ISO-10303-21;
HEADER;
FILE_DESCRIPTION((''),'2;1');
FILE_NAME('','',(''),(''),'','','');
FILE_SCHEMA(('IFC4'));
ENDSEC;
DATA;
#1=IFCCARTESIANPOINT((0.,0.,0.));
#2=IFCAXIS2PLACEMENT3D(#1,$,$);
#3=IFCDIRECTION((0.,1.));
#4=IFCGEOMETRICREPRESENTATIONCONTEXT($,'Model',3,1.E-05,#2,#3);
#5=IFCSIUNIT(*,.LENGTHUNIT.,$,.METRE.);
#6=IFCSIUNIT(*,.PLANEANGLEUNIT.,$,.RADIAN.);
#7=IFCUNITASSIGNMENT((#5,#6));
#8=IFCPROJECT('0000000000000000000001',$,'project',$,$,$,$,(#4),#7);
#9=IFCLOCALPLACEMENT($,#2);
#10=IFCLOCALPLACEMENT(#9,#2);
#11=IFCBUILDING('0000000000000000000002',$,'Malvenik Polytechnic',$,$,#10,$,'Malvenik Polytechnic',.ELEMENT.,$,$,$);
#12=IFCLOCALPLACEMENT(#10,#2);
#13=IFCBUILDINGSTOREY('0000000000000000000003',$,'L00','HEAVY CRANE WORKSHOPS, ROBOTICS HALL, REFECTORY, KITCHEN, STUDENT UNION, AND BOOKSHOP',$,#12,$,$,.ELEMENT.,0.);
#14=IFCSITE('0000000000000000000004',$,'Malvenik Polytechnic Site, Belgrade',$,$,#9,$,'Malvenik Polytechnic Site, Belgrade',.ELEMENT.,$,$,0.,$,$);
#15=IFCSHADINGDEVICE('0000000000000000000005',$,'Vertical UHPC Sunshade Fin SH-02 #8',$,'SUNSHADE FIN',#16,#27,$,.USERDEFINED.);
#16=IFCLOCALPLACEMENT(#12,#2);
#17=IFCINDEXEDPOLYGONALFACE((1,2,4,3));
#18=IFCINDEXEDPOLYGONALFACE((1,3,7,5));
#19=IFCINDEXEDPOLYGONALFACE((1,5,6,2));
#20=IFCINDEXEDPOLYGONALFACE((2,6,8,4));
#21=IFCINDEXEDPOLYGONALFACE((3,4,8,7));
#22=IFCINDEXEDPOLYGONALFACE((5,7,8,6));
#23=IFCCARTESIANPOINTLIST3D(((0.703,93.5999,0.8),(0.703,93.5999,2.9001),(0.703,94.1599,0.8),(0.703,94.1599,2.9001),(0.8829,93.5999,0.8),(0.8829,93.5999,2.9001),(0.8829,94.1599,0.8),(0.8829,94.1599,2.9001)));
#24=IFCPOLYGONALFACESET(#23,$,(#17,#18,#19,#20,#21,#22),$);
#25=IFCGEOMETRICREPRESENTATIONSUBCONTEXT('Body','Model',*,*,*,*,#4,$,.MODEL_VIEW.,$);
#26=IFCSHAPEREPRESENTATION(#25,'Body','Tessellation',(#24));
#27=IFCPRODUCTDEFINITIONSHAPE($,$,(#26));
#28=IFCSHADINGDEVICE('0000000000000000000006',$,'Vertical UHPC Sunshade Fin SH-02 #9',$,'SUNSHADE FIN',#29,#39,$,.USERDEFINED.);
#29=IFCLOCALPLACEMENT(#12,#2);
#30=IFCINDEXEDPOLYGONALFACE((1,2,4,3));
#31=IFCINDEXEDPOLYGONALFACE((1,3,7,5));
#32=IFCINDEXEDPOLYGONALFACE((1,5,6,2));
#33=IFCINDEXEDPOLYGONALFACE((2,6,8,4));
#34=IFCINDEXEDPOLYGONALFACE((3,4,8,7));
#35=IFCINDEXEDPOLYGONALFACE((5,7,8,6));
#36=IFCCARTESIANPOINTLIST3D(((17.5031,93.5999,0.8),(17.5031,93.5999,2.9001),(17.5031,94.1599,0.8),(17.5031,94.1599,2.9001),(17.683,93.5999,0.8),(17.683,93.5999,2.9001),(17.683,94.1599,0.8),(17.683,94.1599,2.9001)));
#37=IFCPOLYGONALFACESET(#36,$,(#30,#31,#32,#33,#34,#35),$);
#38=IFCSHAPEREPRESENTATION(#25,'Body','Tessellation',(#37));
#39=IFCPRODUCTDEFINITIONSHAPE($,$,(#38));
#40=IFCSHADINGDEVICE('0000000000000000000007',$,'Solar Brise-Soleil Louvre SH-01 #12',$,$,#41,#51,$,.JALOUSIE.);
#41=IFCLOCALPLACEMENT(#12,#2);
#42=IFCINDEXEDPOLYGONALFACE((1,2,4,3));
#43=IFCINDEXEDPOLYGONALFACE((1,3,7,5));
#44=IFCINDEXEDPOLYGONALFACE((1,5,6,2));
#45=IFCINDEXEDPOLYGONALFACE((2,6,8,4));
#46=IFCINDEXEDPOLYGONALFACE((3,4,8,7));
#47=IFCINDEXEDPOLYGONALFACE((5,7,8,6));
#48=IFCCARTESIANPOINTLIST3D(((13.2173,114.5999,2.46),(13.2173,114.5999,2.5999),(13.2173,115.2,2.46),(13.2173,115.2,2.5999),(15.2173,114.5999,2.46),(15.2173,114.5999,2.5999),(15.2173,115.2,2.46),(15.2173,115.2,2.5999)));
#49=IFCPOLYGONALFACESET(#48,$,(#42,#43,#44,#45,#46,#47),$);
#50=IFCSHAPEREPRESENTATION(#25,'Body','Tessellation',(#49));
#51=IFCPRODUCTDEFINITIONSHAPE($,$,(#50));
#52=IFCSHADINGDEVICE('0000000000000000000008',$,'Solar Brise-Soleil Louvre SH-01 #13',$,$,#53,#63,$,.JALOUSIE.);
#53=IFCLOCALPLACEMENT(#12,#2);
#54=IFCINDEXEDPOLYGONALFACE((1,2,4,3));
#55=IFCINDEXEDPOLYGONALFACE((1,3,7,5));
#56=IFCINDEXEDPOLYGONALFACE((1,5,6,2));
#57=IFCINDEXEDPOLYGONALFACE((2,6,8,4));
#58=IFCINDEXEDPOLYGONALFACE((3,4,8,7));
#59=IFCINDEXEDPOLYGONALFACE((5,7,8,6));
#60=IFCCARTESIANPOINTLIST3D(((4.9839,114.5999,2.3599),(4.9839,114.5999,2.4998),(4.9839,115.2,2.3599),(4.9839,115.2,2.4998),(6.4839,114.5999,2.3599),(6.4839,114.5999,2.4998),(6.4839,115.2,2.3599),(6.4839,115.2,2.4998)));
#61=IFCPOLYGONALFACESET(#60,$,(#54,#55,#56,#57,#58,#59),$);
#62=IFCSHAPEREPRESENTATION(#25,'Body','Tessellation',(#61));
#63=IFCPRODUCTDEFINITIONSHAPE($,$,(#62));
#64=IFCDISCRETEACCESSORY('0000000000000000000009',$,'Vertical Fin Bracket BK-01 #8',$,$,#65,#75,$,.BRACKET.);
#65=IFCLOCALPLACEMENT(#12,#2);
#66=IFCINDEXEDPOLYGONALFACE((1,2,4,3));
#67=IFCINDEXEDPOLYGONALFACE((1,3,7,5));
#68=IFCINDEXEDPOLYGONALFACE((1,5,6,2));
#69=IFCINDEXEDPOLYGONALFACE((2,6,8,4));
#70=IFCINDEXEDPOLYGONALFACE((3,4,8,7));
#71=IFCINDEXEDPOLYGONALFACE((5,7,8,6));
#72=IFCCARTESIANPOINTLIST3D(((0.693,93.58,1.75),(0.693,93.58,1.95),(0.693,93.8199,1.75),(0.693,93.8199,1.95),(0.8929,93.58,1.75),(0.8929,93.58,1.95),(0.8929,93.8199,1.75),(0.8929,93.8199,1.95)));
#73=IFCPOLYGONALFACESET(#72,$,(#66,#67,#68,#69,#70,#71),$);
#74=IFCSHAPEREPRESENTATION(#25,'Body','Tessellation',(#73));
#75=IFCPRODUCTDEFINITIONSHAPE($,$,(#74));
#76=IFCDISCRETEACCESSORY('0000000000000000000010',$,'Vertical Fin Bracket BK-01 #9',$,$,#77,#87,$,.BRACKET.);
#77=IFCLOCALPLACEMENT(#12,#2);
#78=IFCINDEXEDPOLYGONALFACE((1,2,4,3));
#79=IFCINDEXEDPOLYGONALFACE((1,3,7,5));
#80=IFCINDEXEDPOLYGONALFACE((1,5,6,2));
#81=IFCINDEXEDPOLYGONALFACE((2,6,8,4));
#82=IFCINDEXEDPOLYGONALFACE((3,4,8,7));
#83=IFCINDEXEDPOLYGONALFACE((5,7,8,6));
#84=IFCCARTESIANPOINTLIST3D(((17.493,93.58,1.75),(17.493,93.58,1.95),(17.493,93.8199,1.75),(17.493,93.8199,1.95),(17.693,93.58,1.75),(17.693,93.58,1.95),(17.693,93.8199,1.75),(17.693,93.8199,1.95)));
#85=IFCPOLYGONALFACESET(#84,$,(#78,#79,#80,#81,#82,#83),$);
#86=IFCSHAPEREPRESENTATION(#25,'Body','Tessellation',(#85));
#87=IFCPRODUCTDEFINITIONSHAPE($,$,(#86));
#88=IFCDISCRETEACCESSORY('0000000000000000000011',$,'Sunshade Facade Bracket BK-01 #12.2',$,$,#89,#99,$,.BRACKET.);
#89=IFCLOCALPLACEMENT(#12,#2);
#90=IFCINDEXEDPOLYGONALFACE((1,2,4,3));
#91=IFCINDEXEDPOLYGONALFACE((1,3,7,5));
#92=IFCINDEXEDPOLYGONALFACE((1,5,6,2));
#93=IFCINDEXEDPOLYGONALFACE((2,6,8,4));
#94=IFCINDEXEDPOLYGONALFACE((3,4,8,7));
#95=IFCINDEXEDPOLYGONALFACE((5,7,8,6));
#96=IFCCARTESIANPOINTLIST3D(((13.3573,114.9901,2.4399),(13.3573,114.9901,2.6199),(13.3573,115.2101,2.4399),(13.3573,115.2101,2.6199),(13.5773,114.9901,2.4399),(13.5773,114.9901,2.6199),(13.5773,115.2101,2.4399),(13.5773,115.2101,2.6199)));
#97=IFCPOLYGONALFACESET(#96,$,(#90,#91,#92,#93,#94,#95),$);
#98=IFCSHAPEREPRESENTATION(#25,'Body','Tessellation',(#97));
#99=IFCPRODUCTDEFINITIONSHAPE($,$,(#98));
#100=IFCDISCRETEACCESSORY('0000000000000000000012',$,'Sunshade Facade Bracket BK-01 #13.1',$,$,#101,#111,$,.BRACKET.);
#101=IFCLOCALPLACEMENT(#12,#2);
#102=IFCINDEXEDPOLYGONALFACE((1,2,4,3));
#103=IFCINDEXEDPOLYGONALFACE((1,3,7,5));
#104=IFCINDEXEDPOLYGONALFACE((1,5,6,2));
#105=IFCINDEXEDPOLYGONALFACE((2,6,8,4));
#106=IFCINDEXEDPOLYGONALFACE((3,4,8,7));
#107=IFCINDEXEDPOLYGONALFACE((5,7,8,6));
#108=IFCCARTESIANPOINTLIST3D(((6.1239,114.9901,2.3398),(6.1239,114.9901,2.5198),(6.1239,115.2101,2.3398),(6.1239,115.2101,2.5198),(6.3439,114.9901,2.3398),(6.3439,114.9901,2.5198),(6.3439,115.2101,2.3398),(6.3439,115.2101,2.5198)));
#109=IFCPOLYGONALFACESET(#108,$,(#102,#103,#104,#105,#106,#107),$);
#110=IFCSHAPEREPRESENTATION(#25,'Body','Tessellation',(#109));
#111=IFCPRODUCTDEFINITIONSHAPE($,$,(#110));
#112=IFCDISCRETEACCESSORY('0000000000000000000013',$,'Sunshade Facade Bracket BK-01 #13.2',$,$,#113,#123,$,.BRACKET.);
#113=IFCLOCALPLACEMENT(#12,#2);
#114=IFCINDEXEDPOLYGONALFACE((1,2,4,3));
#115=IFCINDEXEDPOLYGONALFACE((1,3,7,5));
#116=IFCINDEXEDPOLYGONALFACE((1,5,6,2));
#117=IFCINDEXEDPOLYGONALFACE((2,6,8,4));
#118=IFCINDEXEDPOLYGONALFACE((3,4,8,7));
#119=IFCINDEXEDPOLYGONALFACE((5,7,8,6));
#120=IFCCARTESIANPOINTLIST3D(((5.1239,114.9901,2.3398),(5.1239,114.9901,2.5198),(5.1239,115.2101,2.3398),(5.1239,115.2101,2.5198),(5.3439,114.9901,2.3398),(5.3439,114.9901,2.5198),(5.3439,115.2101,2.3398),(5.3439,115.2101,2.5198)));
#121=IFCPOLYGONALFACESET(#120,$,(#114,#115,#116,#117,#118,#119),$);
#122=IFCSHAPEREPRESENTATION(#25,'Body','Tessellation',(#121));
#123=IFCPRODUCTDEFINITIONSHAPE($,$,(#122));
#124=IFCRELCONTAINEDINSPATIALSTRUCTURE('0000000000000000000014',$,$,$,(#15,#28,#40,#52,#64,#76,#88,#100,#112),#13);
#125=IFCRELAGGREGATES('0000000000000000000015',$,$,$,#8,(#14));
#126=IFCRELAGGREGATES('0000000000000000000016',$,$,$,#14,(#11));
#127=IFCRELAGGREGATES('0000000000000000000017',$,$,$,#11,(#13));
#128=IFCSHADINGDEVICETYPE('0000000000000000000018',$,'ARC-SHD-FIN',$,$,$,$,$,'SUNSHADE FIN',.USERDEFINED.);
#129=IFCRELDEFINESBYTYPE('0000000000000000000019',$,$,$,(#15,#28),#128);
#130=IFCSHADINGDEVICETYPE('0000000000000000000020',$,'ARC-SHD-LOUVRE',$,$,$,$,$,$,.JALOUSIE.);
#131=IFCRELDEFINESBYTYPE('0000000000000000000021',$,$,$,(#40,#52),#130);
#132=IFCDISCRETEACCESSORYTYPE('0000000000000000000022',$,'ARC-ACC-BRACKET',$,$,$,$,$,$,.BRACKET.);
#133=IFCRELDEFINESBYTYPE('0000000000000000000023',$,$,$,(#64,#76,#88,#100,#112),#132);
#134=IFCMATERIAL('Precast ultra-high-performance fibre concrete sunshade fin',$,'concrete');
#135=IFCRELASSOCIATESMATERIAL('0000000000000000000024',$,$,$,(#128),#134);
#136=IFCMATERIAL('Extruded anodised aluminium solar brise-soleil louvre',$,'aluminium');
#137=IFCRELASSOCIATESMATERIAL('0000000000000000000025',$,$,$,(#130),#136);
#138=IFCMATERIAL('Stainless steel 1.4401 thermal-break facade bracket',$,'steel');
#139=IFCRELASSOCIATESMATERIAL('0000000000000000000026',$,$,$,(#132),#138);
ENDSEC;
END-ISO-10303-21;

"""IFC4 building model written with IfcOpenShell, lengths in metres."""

from ifc_helpers import new_model, si_unit, direction, frame, origin, origin_2d, place, context, subcontext, project, spatial, rectangle, extrude, material, type_object, element, save


model = new_model("IFC4")

# Units and contexts
model_context = context("Model", 3, precision=1e-05, world=origin(), true_north=direction((0.0, 1.0)))
body_context = subcontext(model_context, "Body", "Model", "MODEL_VIEW")
ifc_project = project(units=[si_unit("LENGTHUNIT", "METRE"), si_unit("PLANEANGLEUNIT", "RADIAN")], contexts=[model_context])

# Site, building, storey
site_placement = place(None, origin())
site = spatial("IfcSite", under=ifc_project, at=site_placement, Name="Malvenik Polytechnic Site, Belgrade", LongName="Malvenik Polytechnic Site, Belgrade", CompositionType="ELEMENT", RefElevation=0.0)
building_placement = place(site_placement, origin())
building = spatial("IfcBuilding", under=site, at=building_placement, Name="Malvenik Polytechnic", LongName="Malvenik Polytechnic", CompositionType="ELEMENT")
storey_placement = place(building_placement, origin())
storey = spatial("IfcBuildingStorey", under=building, at=storey_placement, Name="L00", Description="HEAVY CRANE WORKSHOPS, ROBOTICS HALL, REFECTORY, KITCHEN, STUDENT UNION, AND BOOKSHOP", CompositionType="ELEMENT", Elevation=0.0)

# Shading devices
ifc_material_1 = material(Name="Precast ultra-high-performance fibre concrete sunshade fin", Category="concrete")
shading_device_type_1 = type_object("IfcShadingDeviceType", Name="ARC-SHD-FIN", ElementType="SUNSHADE FIN", PredefinedType="USERDEFINED", material=ifc_material_1)
for number, where, z_axis, x_axis, name in (
    (1, (0.793, 93.8799, 0.8), (0.0, 0.0, 1.0), (1.0, 0.0, 0.0), "Vertical UHPC Sunshade Fin SH-02 #8"),
    (2, (17.593, 93.8799, 0.8), (0.0, 0.0, 1.0), (1.0, 0.0, 0.0), "Vertical UHPC Sunshade Fin SH-02 #9"),
):
    element("IfcShadingDevice", number, at=place(storey_placement, frame(where, z_axis=z_axis, x_axis=x_axis)), inside=storey, type_object=shading_device_type_1, Name=name, ObjectType="SUNSHADE FIN", PredefinedType="USERDEFINED", context=body_context, shape_type="SweptSolid", body=[
        extrude(rectangle(XDim=0.1799, YDim=0.5601, at=origin_2d()), origin(), (0.0, 0.0, 1.0), 2.1001),
    ])
ifc_material_2 = material(Name="Extruded anodised aluminium solar brise-soleil louvre", Category="aluminium")
shading_device_type_2 = type_object("IfcShadingDeviceType", Name="ARC-SHD-LOUVRE", PredefinedType="JALOUSIE", material=ifc_material_2)
shading_device_1_placement = place(storey_placement, frame((14.2173, 114.8999, 2.46), z_axis=(0.0, 0.0, 1.0), x_axis=(1.0, 0.0, 0.0)))
element("IfcShadingDevice", 3, at=shading_device_1_placement, inside=storey, type_object=shading_device_type_2, Name="Solar Brise-Soleil Louvre SH-01 #12", PredefinedType="JALOUSIE", context=body_context, shape_type="SweptSolid", body=[
    extrude(rectangle(XDim=2.0, YDim=0.6001, at=origin_2d()), origin(), (0.0, 0.0, 1.0), 0.1399),
])
shading_device_2_placement = place(storey_placement, frame((5.7339, 114.8999, 2.3599), z_axis=(0.0, 0.0, 1.0), x_axis=(1.0, 0.0, 0.0)))
element("IfcShadingDevice", 4, at=shading_device_2_placement, inside=storey, type_object=shading_device_type_2, Name="Solar Brise-Soleil Louvre SH-01 #13", PredefinedType="JALOUSIE", context=body_context, shape_type="SweptSolid", body=[
    extrude(rectangle(XDim=1.5, YDim=0.6001, at=origin_2d()), origin(), (0.0, 0.0, 1.0), 0.1399),
])

# Discrete accessories
ifc_material_3 = material(Name="Stainless steel 1.4401 thermal-break facade bracket", Category="steel")
discrete_accessory_type = type_object("IfcDiscreteAccessoryType", Name="ARC-ACC-BRACKET", PredefinedType="BRACKET", material=ifc_material_3)
for number, where, z_axis, x_axis, name in (
    (5, (0.793, 93.7, 1.75), (0.0, 0.0, 1.0), (1.0, 0.0, 0.0), "Vertical Fin Bracket BK-01 #8"),
    (6, (17.593, 93.7, 1.75), (0.0, 0.0, 1.0), (1.0, 0.0, 0.0), "Vertical Fin Bracket BK-01 #9"),
):
    element("IfcDiscreteAccessory", number, at=place(storey_placement, frame(where, z_axis=z_axis, x_axis=x_axis)), inside=storey, type_object=discrete_accessory_type, Name=name, PredefinedType="BRACKET", context=body_context, shape_type="SweptSolid", body=[
        extrude(rectangle(XDim=0.2, YDim=0.24, at=origin_2d()), origin(), (0.0, 0.0, 1.0), 0.2),
    ])
for number, where, z_axis, x_axis, name in (
    (7, (13.4673, 115.1001, 2.4399), (0.0, 0.0, 1.0), (1.0, 0.0, 0.0), "Sunshade Facade Bracket BK-01 #12.2"),
    (8, (6.2339, 115.1001, 2.3398), (0.0, 0.0, 1.0), (1.0, 0.0, 0.0), "Sunshade Facade Bracket BK-01 #13.1"),
    (9, (5.2339, 115.1001, 2.3398), (0.0, 0.0, 1.0), (1.0, 0.0, 0.0), "Sunshade Facade Bracket BK-01 #13.2"),
):
    element("IfcDiscreteAccessory", number, at=place(storey_placement, frame(where, z_axis=z_axis, x_axis=x_axis)), inside=storey, type_object=discrete_accessory_type, Name=name, PredefinedType="BRACKET", context=body_context, shape_type="SweptSolid", body=[
        extrude(rectangle(XDim=0.22, YDim=0.22, at=origin_2d()), origin(), (0.0, 0.0, 1.0), 0.1799),
    ])

save(model, "model.ifc")
